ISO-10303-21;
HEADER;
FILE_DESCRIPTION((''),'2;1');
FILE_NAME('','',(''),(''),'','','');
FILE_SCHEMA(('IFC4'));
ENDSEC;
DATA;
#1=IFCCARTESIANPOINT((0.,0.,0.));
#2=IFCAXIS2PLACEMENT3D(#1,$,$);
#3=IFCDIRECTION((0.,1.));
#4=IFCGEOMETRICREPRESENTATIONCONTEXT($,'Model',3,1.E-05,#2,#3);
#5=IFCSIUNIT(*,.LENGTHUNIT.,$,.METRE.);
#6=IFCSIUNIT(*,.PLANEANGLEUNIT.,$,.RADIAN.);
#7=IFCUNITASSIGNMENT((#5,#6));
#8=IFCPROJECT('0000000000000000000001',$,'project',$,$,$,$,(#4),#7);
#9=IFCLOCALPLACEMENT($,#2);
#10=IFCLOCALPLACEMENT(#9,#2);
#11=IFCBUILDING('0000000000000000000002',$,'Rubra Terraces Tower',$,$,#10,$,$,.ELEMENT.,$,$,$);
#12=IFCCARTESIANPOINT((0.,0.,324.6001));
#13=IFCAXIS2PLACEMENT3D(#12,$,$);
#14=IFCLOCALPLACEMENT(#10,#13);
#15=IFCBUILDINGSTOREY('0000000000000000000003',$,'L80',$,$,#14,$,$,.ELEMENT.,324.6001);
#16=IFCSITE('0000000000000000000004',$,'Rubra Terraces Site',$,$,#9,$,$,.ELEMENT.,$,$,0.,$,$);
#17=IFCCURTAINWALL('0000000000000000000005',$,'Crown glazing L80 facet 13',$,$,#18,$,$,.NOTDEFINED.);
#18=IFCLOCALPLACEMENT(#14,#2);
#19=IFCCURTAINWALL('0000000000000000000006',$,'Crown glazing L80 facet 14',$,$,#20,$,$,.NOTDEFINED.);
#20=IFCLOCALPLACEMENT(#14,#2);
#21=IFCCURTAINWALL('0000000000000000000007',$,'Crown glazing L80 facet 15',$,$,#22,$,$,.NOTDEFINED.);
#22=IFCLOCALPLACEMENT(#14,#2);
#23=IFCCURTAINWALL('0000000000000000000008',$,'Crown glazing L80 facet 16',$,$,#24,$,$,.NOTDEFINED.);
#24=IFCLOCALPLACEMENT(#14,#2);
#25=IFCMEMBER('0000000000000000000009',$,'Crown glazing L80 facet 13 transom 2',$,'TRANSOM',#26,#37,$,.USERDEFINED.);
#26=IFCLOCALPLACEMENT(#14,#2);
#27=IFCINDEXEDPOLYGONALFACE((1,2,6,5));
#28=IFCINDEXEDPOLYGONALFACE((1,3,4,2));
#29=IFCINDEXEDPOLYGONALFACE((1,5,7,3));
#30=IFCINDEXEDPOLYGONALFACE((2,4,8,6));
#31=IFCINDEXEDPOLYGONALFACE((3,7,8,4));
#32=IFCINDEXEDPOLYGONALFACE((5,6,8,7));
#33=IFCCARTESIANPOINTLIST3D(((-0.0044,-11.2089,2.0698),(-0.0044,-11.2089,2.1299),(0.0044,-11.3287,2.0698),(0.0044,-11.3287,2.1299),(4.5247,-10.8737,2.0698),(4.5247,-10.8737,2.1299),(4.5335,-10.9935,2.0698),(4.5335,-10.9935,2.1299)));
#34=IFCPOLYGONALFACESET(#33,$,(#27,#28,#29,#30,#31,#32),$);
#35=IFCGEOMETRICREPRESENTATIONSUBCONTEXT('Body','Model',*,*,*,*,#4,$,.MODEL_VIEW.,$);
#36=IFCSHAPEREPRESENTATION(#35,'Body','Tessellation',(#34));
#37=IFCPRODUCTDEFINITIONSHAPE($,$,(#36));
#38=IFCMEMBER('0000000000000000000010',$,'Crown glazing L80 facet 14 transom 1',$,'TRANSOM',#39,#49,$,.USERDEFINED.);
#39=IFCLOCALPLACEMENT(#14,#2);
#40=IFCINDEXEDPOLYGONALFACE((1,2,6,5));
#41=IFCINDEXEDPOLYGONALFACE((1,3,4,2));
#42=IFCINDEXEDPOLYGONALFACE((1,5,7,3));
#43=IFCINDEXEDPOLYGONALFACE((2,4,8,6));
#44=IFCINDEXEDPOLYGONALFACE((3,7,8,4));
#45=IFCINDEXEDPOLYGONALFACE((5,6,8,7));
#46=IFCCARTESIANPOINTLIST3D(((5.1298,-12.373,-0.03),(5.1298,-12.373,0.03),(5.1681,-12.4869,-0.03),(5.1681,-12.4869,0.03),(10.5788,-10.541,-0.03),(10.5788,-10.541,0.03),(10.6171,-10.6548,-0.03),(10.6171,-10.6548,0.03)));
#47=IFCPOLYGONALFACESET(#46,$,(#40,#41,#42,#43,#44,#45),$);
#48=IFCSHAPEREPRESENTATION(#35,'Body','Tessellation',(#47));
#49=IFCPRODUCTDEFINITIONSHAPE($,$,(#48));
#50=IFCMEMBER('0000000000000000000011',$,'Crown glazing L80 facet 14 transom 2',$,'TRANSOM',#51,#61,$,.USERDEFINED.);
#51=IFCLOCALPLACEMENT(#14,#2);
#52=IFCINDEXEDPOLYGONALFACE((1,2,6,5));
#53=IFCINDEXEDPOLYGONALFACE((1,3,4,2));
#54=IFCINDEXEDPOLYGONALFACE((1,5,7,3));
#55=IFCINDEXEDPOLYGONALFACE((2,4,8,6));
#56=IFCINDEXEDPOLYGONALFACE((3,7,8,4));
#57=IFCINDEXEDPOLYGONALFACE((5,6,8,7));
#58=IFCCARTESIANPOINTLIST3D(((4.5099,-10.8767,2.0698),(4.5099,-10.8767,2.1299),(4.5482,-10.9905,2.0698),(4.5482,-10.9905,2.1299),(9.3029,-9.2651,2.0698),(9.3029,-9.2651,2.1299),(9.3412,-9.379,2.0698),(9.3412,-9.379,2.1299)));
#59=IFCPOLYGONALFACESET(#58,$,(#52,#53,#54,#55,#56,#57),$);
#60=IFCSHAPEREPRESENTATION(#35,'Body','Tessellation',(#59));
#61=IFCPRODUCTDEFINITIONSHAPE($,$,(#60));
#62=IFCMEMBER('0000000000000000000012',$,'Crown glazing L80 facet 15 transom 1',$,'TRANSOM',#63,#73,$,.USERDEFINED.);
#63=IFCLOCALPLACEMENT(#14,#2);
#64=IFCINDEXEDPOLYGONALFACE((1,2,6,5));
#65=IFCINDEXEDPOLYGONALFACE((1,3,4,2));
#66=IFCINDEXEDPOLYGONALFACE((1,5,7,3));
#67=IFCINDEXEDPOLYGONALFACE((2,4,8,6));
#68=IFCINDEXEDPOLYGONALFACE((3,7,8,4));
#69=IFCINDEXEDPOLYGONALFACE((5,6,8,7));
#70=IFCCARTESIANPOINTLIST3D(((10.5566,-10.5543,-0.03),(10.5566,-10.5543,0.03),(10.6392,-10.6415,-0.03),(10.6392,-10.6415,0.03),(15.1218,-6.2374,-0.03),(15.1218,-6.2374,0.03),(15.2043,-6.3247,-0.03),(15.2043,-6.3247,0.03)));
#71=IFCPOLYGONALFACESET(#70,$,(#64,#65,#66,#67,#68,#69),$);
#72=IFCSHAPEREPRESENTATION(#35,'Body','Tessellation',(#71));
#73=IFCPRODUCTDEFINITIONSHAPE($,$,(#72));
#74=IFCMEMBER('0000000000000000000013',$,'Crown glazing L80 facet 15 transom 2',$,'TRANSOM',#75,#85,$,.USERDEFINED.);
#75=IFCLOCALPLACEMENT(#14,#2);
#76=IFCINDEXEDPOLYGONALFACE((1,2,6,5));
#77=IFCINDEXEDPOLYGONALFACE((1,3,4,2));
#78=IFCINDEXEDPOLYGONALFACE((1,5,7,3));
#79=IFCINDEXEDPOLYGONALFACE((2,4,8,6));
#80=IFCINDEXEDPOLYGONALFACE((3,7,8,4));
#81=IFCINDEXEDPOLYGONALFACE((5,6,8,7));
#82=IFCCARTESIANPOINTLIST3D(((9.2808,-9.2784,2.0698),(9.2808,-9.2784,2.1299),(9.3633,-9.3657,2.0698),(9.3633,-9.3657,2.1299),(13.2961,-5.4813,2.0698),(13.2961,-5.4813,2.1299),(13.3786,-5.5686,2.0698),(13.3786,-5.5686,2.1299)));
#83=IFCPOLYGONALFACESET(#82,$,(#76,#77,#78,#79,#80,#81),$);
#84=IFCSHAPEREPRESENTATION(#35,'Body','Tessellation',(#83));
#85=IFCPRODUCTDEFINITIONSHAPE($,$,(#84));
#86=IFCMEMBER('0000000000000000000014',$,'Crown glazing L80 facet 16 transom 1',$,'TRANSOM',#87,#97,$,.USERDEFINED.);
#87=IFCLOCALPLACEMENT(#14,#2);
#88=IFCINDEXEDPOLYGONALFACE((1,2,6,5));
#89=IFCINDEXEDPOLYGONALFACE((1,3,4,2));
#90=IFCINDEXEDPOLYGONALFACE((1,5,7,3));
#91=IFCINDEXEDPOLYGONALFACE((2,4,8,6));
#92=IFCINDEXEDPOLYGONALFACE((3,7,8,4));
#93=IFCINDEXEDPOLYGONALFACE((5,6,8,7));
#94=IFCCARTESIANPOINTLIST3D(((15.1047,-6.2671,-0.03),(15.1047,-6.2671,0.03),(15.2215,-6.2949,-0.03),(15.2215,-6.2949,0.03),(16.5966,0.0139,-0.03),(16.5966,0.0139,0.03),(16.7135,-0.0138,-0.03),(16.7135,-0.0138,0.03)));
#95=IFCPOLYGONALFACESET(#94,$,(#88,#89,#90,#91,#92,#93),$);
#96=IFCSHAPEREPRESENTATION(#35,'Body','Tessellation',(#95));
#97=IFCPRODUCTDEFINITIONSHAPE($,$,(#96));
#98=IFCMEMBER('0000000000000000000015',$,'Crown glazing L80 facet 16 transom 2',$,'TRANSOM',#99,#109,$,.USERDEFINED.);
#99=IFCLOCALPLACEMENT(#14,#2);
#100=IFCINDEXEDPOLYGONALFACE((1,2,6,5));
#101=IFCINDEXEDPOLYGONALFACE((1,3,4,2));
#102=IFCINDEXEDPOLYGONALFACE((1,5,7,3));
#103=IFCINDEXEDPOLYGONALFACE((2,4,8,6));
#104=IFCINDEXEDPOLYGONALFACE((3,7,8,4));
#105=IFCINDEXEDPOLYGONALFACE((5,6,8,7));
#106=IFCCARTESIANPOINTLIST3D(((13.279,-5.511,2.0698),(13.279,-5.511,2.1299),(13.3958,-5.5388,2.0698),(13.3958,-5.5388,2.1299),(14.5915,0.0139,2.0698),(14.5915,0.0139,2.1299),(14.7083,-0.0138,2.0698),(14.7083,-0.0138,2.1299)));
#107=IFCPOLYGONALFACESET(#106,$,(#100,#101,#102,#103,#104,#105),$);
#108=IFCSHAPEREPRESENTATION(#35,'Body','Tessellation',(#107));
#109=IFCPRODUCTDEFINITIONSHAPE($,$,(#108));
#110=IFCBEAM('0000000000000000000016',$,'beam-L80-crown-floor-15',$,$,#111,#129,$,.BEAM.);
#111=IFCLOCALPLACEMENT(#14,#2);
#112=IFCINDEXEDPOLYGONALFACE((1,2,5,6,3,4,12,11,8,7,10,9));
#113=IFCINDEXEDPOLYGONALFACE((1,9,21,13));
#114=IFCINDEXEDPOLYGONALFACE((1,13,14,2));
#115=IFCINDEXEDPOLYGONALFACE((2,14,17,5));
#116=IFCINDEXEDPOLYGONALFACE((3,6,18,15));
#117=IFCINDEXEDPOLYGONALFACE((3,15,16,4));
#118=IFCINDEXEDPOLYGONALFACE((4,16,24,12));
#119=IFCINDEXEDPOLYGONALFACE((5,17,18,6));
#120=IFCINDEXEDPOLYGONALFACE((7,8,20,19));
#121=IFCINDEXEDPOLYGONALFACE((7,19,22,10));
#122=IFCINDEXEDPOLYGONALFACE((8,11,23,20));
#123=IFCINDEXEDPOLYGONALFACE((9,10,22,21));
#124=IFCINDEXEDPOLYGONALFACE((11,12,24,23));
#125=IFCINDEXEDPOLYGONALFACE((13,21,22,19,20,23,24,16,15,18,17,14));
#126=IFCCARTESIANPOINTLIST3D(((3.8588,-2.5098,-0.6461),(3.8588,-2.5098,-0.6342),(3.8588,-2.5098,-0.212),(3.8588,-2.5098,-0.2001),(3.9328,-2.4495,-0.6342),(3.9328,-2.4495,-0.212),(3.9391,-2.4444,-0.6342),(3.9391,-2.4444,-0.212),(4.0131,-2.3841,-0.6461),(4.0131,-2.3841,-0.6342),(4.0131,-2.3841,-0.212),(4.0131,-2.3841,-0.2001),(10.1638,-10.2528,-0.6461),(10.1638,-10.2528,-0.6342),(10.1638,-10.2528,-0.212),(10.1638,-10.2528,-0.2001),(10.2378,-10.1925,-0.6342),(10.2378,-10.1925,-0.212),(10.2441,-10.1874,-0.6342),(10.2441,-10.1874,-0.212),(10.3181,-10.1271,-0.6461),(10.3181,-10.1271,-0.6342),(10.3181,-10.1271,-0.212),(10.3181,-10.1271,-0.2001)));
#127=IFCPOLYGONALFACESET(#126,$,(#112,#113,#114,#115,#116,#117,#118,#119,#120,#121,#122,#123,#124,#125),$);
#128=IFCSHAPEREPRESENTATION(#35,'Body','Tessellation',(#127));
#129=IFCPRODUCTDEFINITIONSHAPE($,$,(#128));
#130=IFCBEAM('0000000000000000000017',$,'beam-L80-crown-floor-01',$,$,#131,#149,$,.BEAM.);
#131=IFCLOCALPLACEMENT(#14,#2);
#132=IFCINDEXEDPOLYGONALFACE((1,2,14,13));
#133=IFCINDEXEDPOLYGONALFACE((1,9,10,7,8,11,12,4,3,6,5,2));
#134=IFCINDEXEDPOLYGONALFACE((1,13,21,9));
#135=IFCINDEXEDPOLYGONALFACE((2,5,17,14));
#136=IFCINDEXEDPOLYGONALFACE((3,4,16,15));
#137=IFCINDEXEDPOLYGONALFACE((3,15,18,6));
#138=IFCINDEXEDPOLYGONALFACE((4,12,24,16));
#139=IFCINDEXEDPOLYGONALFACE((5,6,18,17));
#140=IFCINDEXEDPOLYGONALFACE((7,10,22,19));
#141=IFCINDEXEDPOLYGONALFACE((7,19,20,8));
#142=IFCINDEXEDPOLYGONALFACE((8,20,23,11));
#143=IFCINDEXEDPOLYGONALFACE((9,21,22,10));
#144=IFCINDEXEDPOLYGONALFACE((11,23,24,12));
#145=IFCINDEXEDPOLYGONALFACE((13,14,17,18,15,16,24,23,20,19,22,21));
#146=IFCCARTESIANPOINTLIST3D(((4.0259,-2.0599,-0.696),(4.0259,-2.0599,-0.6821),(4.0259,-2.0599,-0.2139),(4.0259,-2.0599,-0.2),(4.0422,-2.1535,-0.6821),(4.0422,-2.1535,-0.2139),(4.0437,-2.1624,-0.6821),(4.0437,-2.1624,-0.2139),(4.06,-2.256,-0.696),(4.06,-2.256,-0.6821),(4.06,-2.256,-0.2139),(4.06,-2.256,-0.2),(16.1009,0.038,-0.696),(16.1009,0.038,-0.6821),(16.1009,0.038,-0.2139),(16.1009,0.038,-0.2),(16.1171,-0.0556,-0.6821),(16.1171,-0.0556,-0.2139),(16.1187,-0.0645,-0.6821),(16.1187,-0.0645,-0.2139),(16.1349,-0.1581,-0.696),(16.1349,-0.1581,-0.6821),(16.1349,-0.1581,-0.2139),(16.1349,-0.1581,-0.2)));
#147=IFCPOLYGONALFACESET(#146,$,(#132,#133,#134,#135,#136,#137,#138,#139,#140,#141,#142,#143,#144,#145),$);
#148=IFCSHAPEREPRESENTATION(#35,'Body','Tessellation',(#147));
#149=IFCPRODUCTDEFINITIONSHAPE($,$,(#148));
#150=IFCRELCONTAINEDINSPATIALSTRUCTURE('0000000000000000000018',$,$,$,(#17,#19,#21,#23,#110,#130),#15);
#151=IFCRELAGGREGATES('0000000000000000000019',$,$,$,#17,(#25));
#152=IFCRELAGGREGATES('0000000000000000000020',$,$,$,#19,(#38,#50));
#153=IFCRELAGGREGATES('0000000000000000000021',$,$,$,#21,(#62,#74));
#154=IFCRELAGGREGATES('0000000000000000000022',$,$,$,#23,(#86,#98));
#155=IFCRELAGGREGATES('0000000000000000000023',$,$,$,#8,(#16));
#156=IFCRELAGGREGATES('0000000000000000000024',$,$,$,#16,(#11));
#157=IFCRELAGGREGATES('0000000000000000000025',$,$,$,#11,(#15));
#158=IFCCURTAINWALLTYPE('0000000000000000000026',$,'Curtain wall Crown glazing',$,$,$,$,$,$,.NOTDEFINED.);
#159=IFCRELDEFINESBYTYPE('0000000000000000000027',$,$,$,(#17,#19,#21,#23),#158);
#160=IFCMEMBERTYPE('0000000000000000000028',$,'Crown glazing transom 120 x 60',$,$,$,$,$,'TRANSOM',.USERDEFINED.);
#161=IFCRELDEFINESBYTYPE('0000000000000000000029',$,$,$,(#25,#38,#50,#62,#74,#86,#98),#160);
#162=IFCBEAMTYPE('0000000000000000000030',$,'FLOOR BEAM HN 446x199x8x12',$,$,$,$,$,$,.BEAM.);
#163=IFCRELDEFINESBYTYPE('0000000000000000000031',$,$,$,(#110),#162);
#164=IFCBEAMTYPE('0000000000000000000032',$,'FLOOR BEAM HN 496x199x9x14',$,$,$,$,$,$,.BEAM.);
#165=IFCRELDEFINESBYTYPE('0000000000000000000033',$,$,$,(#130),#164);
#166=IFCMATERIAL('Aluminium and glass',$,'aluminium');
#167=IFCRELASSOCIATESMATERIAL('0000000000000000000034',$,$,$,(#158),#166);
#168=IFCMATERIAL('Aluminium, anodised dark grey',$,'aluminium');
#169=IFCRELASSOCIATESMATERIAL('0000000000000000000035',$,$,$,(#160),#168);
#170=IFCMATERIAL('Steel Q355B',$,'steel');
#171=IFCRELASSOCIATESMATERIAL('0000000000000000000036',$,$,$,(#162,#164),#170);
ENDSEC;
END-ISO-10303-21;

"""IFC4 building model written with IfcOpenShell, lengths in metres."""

from ifc_helpers import new_model, si_unit, direction, frame, origin, origin_2d, place, context, subcontext, project, spatial, rectangle, i_section, extrude, material, material_profile, profile_set, type_object, element, aggregate, save


model = new_model("IFC4")

# Units and contexts
model_context = context("Model", 3, precision=1e-05, world=origin(), true_north=direction((0.0, 1.0)))
body_context = subcontext(model_context, "Body", "Model", "MODEL_VIEW")
ifc_project = project(units=[si_unit("LENGTHUNIT", "METRE"), si_unit("PLANEANGLEUNIT", "RADIAN")], contexts=[model_context])

# Site, building, storey
site_placement = place(None, origin())
site = spatial("IfcSite", under=ifc_project, at=site_placement, Name="Rubra Terraces Site", CompositionType="ELEMENT", RefElevation=0.0)
building_placement = place(site_placement, origin())
building = spatial("IfcBuilding", under=site, at=building_placement, Name="Rubra Terraces Tower", CompositionType="ELEMENT")
storey_placement = place(building_placement, frame((0.0, 0.0, 324.6001)))
storey = spatial("IfcBuildingStorey", under=building, at=storey_placement, Name="L80", CompositionType="ELEMENT", Elevation=324.6001)

# Shared definitions
ifc_material_1 = material(Name="Steel Q355B", Category="steel")

# Curtain walls
ifc_material_2 = material(Name="Aluminium and glass", Category="aluminium")
curtain_wall_type = type_object("IfcCurtainWallType", Name="Curtain wall Crown glazing", PredefinedType="NOTDEFINED", material=ifc_material_2)
curtain_wall_1_placement = place(storey_placement, origin())
curtain_wall_1 = element("IfcCurtainWall", 1, at=curtain_wall_1_placement, inside=storey, type_object=curtain_wall_type, Name="Crown glazing L80 facet 13", PredefinedType="NOTDEFINED")
ifc_material_3 = material(Name="Aluminium, anodised dark grey", Category="aluminium")
curtain_wall_2_placement = place(storey_placement, origin())
curtain_wall_2 = element("IfcCurtainWall", 2, at=curtain_wall_2_placement, inside=storey, type_object=curtain_wall_type, Name="Crown glazing L80 facet 14", PredefinedType="NOTDEFINED")
curtain_wall_3_placement = place(storey_placement, origin())
curtain_wall_3 = element("IfcCurtainWall", 3, at=curtain_wall_3_placement, inside=storey, type_object=curtain_wall_type, Name="Crown glazing L80 facet 15", PredefinedType="NOTDEFINED")
curtain_wall_4_placement = place(storey_placement, origin())
curtain_wall_4 = element("IfcCurtainWall", 4, at=curtain_wall_4_placement, inside=storey, type_object=curtain_wall_type, Name="Crown glazing L80 facet 16", PredefinedType="NOTDEFINED")

# Members
ifc_material_profile_1 = material_profile(ifc_material_3, rectangle(XDim=0.1201, YDim=0.0601, at=origin_2d()), Name="AL 120x60")
ifc_profile_set_1 = profile_set([ifc_material_profile_1], Name="Aluminium, anodised dark grey")
member_type_1 = type_object("IfcMemberType", Name="Crown glazing transom 120 x 60", ElementType="TRANSOM", PredefinedType="USERDEFINED", material=ifc_profile_set_1)
member_1_placement = place(storey_placement, frame((0.0, -11.2688, 2.0999), z_axis=(0.997272, 0.07381, 0.0), x_axis=(-0.07381, 0.997272, 0.0)))
member_1 = element("IfcMember", 5, at=member_1_placement, type_object=member_type_1, Name="Crown glazing L80 facet 13 transom 2", ObjectType="TRANSOM", PredefinedType="USERDEFINED", context=body_context, shape_type="SweptSolid", body=[
    extrude(rectangle(XDim=0.1201, YDim=0.0601, at=origin_2d()), origin(), (0.0, 0.0, 1.0), 4.5415),
])
member_2_placement = place(storey_placement, frame((5.1489, -12.4299, 0.0), z_axis=(0.94786, 0.318686, 0.0), x_axis=(-0.318686, 0.94786, 0.0)))
member_2 = element("IfcMember", 6, at=member_2_placement, type_object=member_type_1, Name="Crown glazing L80 facet 14 transom 1", ObjectType="TRANSOM", PredefinedType="USERDEFINED", context=body_context, shape_type="SweptSolid", body=[
    extrude(rectangle(XDim=0.1201, YDim=0.0601, at=origin_2d()), origin(), (0.0, 0.0, 1.0), 5.7488),
])
member_3_placement = place(storey_placement, frame((4.5291, -10.9336, 2.0999), z_axis=(0.947854, 0.318704, 0.0), x_axis=(-0.318704, 0.947854, 0.0)))
member_3 = element("IfcMember", 7, at=member_3_placement, type_object=member_type_1, Name="Crown glazing L80 facet 14 transom 2", ObjectType="TRANSOM", PredefinedType="USERDEFINED", context=body_context, shape_type="SweptSolid", body=[
    extrude(rectangle(XDim=0.1201, YDim=0.0601, at=origin_2d()), origin(), (0.0, 0.0, 1.0), 5.0566),
])
member_4_placement = place(storey_placement, frame((10.5979, -10.5979, 0.0), z_axis=(0.72659, 0.687072, 0.0), x_axis=(-0.687072, 0.72659, 0.0)))
member_4 = element("IfcMember", 8, at=member_4_placement, type_object=member_type_1, Name="Crown glazing L80 facet 15 transom 1", ObjectType="TRANSOM", PredefinedType="USERDEFINED", context=body_context, shape_type="SweptSolid", body=[
    extrude(rectangle(XDim=0.1201, YDim=0.0601, at=origin_2d()), origin(), (0.0, 0.0, 1.0), 6.283),
])
member_5_placement = place(storey_placement, frame((9.322, -9.322, 2.0999), z_axis=(0.726578, 0.687084, 0.0), x_axis=(-0.687084, 0.726578, 0.0)))
member_5 = element("IfcMember", 9, at=member_5_placement, type_object=member_type_1, Name="Crown glazing L80 facet 15 transom 2", ObjectType="TRANSOM", PredefinedType="USERDEFINED", context=body_context, shape_type="SweptSolid", body=[
    extrude(rectangle(XDim=0.1201, YDim=0.0601, at=origin_2d()), origin(), (0.0, 0.0, 1.0), 5.5264),
])
member_6_placement = place(storey_placement, frame((15.1631, -6.281, 0.0), z_axis=(0.231102, 0.972929, 0.0), x_axis=(-0.972929, 0.231102, 0.0)))
member_6 = element("IfcMember", 10, at=member_6_placement, type_object=member_type_1, Name="Crown glazing L80 facet 16 transom 1", ObjectType="TRANSOM", PredefinedType="USERDEFINED", context=body_context, shape_type="SweptSolid", body=[
    extrude(rectangle(XDim=0.1201, YDim=0.0601, at=origin_2d()), origin(), (0.0, 0.0, 1.0), 6.4558),
])
member_7_placement = place(storey_placement, frame((13.3374, -5.5249, 2.0999), z_axis=(0.231128, 0.972923, 0.0), x_axis=(-0.972923, 0.231128, 0.0)))
member_7 = element("IfcMember", 11, at=member_7_placement, type_object=member_type_1, Name="Crown glazing L80 facet 16 transom 2", ObjectType="TRANSOM", PredefinedType="USERDEFINED", context=body_context, shape_type="SweptSolid", body=[
    extrude(rectangle(XDim=0.1201, YDim=0.0601, at=origin_2d()), origin(), (0.0, 0.0, 1.0), 5.6787),
])

# Beams
ifc_material_profile_2 = material_profile(ifc_material_1, i_section(OverallWidth=0.199, OverallDepth=0.446, WebThickness=0.0081, FlangeThickness=0.012, at=origin_2d()), Name="HN 446x199x8x12")
ifc_profile_set_2 = profile_set([ifc_material_profile_2], Name="Steel Q355B")
beam_type_1 = type_object("IfcBeamType", Name="FLOOR BEAM HN 446x199x8x12", PredefinedType="BEAM", material=ifc_profile_set_2)
beam_1_placement = place(storey_placement, frame((10.241, -10.1899, -0.4231), z_axis=(-0.631425, 0.775437, 0.0), x_axis=(-0.775437, -0.631425, 0.0)))
element("IfcBeam", 12, at=beam_1_placement, inside=storey, type_object=beam_type_1, Name="beam-L80-crown-floor-15", PredefinedType="BEAM", context=body_context, shape_type="SweptSolid", body=[
    extrude(i_section(OverallWidth=0.199, OverallDepth=0.446, WebThickness=0.0081, FlangeThickness=0.012, at=origin_2d()), origin(), (0.0, 0.0, 1.0), 9.9854),
])
ifc_material_profile_3 = material_profile(ifc_material_1, i_section(OverallWidth=0.199, OverallDepth=0.4961, WebThickness=0.009, FlangeThickness=0.0139, at=origin_2d()), Name="HN 496x199x9x14")
ifc_profile_set_3 = profile_set([ifc_material_profile_3], Name="Steel Q355B")
beam_type_2 = type_object("IfcBeamType", Name="FLOOR BEAM HN 496x199x9x14", PredefinedType="BEAM", material=ifc_profile_set_3)
beam_2_placement = place(storey_placement, frame((16.1179, -0.0601, -0.448), z_axis=(-0.985241, -0.171176, 0.0), x_axis=(0.171176, -0.985241, 0.0)))
element("IfcBeam", 13, at=beam_2_placement, inside=storey, type_object=beam_type_2, Name="beam-L80-crown-floor-01", PredefinedType="BEAM", context=body_context, shape_type="SweptSolid", body=[
    extrude(i_section(OverallWidth=0.199, OverallDepth=0.4961, WebThickness=0.009, FlangeThickness=0.0139, at=origin_2d()), origin(), (0.0, 0.0, 1.0), 12.2559),
])

aggregate(curtain_wall_1, [member_1])
aggregate(curtain_wall_2, [member_2, member_3])
aggregate(curtain_wall_3, [member_4, member_5])
aggregate(curtain_wall_4, [member_6, member_7])

save(model, "model.ifc")
